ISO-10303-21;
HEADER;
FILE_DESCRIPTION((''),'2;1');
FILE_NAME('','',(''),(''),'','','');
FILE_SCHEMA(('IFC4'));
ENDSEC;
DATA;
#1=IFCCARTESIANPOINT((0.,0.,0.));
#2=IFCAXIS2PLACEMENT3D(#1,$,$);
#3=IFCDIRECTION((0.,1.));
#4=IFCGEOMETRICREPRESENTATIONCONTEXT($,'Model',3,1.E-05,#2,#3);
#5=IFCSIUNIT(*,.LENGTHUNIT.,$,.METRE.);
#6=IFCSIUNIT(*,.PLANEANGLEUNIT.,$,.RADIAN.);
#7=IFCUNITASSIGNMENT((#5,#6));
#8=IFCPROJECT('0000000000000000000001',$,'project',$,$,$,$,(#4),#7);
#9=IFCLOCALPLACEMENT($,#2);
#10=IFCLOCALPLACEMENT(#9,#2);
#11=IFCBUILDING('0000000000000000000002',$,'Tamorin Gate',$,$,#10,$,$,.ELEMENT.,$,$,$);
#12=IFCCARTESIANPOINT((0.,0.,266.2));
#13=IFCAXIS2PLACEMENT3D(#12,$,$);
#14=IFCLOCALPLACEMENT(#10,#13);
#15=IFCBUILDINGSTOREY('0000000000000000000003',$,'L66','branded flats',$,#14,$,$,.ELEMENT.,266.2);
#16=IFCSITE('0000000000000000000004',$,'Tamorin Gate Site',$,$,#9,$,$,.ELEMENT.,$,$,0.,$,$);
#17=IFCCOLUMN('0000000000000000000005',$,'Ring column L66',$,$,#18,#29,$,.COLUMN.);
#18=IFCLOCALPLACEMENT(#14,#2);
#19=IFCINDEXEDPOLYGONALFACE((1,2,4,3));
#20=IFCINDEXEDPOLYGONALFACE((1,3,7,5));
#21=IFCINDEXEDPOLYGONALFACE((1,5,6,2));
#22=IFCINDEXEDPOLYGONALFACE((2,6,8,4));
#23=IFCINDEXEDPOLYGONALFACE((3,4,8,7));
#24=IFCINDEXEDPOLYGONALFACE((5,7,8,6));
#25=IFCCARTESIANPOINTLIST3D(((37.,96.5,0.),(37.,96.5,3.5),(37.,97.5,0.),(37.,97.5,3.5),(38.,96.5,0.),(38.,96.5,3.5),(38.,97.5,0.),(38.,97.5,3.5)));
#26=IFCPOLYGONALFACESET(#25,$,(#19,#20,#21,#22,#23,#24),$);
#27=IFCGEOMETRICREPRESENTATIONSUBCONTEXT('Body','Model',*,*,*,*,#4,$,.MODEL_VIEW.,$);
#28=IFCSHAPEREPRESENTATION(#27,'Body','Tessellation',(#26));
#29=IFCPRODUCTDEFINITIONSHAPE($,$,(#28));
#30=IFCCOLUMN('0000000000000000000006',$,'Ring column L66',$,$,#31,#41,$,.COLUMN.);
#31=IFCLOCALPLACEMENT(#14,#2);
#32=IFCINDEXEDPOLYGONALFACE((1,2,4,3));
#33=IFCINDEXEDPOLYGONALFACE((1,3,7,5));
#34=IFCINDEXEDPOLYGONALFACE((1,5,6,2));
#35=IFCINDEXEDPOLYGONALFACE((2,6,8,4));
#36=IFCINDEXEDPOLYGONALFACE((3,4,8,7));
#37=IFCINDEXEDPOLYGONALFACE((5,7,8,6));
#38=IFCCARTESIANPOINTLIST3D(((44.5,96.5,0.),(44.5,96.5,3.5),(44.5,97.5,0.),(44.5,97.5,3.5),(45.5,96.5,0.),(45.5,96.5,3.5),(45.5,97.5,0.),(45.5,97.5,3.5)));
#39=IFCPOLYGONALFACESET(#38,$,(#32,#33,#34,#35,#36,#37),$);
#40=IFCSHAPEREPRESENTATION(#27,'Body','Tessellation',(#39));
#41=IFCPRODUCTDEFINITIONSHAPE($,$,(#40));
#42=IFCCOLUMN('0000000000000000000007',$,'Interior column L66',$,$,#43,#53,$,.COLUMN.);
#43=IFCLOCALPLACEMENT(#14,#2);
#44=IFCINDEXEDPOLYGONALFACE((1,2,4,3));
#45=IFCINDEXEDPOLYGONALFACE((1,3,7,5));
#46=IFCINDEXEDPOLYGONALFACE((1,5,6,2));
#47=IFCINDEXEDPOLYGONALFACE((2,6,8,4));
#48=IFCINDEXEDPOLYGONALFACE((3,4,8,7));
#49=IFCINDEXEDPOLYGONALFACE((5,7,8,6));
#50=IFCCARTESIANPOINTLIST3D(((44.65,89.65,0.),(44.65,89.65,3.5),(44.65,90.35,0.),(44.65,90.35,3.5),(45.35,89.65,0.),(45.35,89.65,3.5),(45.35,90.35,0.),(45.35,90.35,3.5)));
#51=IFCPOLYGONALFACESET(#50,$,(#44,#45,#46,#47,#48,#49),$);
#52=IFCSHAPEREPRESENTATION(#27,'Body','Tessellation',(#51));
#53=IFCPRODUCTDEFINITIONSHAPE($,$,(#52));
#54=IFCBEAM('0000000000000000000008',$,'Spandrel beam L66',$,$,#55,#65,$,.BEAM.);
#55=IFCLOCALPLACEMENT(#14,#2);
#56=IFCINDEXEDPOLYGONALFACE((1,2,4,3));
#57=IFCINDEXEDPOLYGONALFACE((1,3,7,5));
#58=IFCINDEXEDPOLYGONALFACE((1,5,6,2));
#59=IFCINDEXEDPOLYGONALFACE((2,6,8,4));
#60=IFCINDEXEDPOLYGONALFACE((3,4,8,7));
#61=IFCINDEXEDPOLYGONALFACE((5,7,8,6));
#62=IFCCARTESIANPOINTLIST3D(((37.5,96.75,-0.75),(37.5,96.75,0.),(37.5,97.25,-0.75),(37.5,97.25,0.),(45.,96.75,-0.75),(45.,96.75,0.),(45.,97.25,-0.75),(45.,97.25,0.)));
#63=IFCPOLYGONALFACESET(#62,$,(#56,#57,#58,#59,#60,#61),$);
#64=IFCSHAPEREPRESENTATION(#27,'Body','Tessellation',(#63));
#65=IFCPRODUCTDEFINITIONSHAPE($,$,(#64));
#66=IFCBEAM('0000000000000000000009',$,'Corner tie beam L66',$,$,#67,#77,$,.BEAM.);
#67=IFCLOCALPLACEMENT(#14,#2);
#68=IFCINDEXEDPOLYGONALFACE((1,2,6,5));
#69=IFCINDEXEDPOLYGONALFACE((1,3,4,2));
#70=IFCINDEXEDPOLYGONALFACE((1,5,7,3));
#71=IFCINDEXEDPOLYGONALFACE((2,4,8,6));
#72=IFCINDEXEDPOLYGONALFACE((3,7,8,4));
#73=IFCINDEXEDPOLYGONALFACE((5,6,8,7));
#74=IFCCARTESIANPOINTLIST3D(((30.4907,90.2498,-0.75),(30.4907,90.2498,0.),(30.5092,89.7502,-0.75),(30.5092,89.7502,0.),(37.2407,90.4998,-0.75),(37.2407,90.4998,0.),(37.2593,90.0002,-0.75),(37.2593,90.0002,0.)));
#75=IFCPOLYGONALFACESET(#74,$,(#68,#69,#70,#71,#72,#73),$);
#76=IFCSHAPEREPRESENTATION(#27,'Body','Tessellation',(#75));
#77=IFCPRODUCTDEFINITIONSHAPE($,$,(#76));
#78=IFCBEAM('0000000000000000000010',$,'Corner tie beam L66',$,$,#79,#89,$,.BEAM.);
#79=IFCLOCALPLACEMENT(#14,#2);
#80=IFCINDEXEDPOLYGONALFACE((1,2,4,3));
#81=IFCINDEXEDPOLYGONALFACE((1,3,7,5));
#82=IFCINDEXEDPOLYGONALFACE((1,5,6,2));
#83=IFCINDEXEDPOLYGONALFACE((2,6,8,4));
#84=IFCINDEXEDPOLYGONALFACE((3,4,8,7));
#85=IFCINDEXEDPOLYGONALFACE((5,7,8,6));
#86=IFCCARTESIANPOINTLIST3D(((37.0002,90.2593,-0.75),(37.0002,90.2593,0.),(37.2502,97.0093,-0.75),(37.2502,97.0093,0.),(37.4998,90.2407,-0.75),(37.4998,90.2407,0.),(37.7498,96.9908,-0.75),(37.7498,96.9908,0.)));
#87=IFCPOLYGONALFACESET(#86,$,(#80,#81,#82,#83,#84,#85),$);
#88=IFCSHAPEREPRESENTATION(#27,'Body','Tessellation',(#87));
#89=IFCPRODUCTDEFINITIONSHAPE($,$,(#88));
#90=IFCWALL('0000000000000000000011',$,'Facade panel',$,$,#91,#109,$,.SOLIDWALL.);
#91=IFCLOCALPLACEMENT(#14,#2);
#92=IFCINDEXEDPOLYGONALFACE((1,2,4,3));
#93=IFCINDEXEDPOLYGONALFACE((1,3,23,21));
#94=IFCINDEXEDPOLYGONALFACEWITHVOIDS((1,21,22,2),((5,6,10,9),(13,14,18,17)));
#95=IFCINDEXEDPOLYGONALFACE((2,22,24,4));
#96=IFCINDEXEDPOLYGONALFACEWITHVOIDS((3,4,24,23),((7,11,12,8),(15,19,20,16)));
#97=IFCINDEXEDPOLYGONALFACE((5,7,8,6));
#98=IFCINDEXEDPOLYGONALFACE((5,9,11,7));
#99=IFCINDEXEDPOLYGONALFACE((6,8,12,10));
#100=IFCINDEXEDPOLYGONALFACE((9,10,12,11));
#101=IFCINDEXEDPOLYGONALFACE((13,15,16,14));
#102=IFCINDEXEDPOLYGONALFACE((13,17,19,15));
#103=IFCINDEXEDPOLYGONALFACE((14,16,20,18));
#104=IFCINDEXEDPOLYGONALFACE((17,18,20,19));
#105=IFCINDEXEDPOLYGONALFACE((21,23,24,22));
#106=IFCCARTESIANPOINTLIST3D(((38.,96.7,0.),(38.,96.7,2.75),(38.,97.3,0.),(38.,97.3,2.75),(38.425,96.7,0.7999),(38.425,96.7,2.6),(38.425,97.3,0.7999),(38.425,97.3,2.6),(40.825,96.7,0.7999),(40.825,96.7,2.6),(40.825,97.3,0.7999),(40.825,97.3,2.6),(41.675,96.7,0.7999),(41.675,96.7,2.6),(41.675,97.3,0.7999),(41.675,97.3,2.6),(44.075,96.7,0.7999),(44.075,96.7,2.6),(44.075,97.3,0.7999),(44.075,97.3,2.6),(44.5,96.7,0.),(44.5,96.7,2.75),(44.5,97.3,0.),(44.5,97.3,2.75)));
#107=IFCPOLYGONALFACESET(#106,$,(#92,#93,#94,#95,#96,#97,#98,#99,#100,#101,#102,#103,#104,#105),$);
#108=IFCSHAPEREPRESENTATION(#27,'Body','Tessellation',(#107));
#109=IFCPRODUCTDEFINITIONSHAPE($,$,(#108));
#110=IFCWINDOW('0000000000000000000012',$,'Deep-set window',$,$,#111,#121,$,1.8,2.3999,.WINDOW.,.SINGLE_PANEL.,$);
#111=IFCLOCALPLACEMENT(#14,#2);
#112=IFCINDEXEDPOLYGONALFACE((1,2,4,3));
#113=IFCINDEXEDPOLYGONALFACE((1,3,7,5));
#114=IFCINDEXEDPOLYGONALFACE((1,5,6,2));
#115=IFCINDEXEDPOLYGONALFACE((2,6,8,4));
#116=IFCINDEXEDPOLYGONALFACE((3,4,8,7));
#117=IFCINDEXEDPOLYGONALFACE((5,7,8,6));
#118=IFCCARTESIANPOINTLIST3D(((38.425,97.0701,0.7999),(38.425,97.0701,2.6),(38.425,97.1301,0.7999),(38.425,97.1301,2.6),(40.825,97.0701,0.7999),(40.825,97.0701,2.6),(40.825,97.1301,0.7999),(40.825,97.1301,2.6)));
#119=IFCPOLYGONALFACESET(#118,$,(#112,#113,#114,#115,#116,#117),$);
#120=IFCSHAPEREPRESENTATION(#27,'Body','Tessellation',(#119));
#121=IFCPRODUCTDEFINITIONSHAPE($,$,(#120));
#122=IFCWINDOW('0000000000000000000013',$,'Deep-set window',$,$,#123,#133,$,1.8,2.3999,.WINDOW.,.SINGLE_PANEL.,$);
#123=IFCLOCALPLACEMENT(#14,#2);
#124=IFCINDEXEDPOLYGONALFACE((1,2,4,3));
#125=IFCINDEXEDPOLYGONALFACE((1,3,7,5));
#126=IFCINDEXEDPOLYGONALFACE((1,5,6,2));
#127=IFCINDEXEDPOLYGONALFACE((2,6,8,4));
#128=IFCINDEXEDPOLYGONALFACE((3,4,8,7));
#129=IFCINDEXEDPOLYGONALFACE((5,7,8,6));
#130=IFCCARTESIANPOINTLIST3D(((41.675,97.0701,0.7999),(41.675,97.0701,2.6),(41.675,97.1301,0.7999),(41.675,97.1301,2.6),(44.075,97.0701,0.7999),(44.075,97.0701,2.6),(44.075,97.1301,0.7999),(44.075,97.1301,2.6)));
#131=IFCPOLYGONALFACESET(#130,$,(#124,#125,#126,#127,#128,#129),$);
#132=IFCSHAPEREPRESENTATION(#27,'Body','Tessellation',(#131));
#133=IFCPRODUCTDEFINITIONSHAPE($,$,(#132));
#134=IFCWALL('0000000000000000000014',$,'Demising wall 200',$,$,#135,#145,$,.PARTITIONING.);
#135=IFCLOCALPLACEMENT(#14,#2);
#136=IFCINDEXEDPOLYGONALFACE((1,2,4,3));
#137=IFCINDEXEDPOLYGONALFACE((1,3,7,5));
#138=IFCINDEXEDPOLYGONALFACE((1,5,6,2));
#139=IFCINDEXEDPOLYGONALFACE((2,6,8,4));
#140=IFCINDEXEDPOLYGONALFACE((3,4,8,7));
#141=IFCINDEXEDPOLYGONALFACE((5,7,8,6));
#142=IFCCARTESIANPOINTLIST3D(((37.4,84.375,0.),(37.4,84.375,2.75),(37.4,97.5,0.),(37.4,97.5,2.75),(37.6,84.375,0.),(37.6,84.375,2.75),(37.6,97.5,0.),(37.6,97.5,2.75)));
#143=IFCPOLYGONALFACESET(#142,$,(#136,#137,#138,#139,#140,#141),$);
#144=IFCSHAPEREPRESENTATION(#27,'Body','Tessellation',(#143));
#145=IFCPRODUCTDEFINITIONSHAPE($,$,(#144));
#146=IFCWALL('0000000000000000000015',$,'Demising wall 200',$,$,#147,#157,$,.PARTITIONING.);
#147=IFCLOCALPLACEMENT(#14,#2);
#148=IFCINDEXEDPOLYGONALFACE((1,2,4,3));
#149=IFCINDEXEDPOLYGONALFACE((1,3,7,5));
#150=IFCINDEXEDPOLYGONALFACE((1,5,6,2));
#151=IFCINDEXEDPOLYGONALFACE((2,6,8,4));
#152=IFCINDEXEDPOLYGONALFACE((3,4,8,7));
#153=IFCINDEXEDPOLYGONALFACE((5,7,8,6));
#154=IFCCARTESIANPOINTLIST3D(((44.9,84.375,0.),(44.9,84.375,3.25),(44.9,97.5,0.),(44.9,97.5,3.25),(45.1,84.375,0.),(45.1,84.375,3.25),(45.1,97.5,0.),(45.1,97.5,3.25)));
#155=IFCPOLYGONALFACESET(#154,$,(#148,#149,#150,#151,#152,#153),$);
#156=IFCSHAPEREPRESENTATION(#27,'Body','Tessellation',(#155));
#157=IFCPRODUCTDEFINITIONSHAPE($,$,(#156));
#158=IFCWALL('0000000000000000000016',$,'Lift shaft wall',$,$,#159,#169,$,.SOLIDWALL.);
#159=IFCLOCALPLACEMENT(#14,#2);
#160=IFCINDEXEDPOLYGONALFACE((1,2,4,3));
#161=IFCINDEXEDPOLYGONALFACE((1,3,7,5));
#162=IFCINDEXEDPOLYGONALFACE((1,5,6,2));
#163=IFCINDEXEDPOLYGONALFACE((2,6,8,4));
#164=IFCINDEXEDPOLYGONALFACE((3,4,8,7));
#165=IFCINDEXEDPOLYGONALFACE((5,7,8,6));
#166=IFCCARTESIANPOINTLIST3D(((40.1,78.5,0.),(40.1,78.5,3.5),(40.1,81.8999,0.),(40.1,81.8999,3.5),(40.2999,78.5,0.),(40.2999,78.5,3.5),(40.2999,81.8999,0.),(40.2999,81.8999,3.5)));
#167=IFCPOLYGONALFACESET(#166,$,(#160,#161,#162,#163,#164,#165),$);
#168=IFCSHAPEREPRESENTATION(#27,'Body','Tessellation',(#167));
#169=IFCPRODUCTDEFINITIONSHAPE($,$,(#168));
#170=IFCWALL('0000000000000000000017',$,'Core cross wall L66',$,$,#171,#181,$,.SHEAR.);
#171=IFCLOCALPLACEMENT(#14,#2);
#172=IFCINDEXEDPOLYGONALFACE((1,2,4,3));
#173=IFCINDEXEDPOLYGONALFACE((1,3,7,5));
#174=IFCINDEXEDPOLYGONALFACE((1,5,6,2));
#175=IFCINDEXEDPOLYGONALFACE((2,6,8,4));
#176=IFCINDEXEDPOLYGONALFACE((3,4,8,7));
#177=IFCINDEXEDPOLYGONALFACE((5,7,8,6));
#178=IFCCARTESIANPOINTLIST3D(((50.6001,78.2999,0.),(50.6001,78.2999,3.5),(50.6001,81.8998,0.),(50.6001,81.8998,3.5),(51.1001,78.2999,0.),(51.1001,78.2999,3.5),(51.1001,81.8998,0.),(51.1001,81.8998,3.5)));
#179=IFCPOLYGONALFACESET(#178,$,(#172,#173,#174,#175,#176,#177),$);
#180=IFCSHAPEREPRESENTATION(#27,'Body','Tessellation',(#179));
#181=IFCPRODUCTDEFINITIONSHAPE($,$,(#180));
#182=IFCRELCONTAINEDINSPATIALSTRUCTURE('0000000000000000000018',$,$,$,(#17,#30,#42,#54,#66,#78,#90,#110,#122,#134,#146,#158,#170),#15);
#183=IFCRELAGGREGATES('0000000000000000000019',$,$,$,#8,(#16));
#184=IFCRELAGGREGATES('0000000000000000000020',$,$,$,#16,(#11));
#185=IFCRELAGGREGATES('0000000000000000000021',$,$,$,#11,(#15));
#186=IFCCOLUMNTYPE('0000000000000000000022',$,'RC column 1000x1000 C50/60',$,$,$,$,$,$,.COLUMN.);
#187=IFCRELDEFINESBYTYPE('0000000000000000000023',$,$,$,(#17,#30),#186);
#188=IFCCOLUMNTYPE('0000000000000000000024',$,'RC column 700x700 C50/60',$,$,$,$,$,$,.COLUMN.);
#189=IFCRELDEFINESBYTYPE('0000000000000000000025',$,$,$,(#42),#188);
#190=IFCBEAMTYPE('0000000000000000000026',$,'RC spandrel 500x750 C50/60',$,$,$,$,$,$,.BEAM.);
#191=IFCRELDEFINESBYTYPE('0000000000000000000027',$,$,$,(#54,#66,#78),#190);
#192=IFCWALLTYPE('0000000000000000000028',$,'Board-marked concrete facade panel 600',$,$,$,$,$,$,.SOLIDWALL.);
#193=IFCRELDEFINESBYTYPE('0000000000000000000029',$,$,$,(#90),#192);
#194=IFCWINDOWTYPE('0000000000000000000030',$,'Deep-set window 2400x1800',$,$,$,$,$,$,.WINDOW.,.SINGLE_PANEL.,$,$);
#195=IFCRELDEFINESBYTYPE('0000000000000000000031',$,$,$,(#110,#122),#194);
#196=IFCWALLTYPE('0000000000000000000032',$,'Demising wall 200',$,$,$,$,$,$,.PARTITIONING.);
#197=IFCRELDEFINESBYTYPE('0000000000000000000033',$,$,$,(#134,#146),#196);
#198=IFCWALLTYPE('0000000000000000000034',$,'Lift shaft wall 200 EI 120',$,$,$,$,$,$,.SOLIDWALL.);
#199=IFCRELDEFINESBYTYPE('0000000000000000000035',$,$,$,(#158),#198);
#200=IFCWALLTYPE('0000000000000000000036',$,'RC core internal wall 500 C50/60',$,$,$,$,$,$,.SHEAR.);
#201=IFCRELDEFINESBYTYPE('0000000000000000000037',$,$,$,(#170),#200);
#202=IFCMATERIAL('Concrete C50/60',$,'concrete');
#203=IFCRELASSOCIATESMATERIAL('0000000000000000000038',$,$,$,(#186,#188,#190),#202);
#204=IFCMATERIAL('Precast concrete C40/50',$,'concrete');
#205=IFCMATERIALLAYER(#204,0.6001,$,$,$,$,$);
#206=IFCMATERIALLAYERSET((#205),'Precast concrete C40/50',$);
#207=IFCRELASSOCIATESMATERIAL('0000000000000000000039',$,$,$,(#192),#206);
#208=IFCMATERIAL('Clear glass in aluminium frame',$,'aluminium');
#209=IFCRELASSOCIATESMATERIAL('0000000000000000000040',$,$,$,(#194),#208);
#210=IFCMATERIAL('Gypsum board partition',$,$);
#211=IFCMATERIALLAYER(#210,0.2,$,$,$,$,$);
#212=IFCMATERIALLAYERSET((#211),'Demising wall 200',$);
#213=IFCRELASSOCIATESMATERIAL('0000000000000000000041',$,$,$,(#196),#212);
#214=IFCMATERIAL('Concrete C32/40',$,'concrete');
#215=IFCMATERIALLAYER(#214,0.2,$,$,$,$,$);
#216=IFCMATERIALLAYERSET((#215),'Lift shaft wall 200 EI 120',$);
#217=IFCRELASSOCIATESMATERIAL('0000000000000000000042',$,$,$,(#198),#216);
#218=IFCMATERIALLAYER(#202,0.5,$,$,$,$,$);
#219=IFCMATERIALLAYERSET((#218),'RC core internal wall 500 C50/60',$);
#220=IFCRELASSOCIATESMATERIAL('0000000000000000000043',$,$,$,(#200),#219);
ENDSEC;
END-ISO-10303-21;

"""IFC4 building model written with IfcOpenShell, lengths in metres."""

from ifc_helpers import new_model, si_unit, direction, frame, frame_2d, origin, origin_2d, place, context, subcontext, project, spatial, rectangle, extrude, material, layer, layer_set, material_profile, profile_set, type_object, element, fill, save


model = new_model("IFC4")

# Units and contexts
model_context = context("Model", 3, precision=1e-05, world=origin(), true_north=direction((0.0, 1.0)))
body_context = subcontext(model_context, "Body", "Model", "MODEL_VIEW")
ifc_project = project(units=[si_unit("LENGTHUNIT", "METRE"), si_unit("PLANEANGLEUNIT", "RADIAN")], contexts=[model_context])

# Site, building, storey
site_placement = place(None, origin())
site = spatial("IfcSite", under=ifc_project, at=site_placement, Name="Tamorin Gate Site", CompositionType="ELEMENT", RefElevation=0.0)
building_placement = place(site_placement, origin())
building = spatial("IfcBuilding", under=site, at=building_placement, Name="Tamorin Gate", CompositionType="ELEMENT")
storey_placement = place(building_placement, frame((0.0, 0.0, 266.2)))
storey = spatial("IfcBuildingStorey", under=building, at=storey_placement, Name="L66", Description="branded flats", CompositionType="ELEMENT", Elevation=266.2)

# Columns
ifc_material_1 = material(Name="Concrete C50/60", Category="concrete")
ifc_material_profile_1 = material_profile(ifc_material_1, rectangle(XDim=1.0, YDim=1.0, at=origin_2d()), Name="RC 1000x1000")
ifc_profile_set_1 = profile_set([ifc_material_profile_1], Name="Concrete C50/60")
column_type_1 = type_object("IfcColumnType", Name="RC column 1000x1000 C50/60", PredefinedType="COLUMN", material=ifc_profile_set_1)
for number, where, z_axis, x_axis, name in (
    (1, (37.5, 97.0, 0.0), (0.0, 0.0, 1.0), (1.0, 0.0, 0.0), "Ring column L66"),
    (2, (45.0, 97.0, 0.0), (0.0, 0.0, 1.0), (1.0, 0.0, 0.0), "Ring column L66"),
):
    element("IfcColumn", number, at=place(storey_placement, frame(where, z_axis=z_axis, x_axis=x_axis)), inside=storey, type_object=column_type_1, Name=name, PredefinedType="COLUMN", context=body_context, shape_type="SweptSolid", body=[
        extrude(rectangle(XDim=1.0, YDim=1.0, at=origin_2d()), origin(), (0.0, 0.0, 1.0), 3.5),
    ])
ifc_material_profile_2 = material_profile(ifc_material_1, rectangle(XDim=0.7, YDim=0.7, at=origin_2d()), Name="RC 700x700")
ifc_profile_set_2 = profile_set([ifc_material_profile_2], Name="Concrete C50/60")
column_type_2 = type_object("IfcColumnType", Name="RC column 700x700 C50/60", PredefinedType="COLUMN", material=ifc_profile_set_2)
column_placement = place(storey_placement, frame((45.0, 90.0, 0.0), z_axis=(0.0, 0.0, 1.0), x_axis=(1.0, 0.0, 0.0)))
element("IfcColumn", 3, at=column_placement, inside=storey, type_object=column_type_2, Name="Interior column L66", PredefinedType="COLUMN", context=body_context, shape_type="SweptSolid", body=[
    extrude(rectangle(XDim=0.7, YDim=0.7, at=origin_2d()), origin(), (0.0, 0.0, 1.0), 3.5),
])

# Beams
ifc_material_profile_3 = material_profile(ifc_material_1, rectangle(XDim=0.5, YDim=0.75, at=origin_2d()), Name="RC 500x750")
ifc_profile_set_3 = profile_set([ifc_material_profile_3], Name="Concrete C50/60")
beam_type = type_object("IfcBeamType", Name="RC spandrel 500x750 C50/60", PredefinedType="BEAM", material=ifc_profile_set_3)
beam_placement = place(storey_placement, frame((45.0, 97.0, -0.375), z_axis=(-1.0, 0.0, 0.0), x_axis=(0.0, -1.0, 0.0)))
element("IfcBeam", 4, at=beam_placement, inside=storey, type_object=beam_type, Name="Spandrel beam L66", PredefinedType="BEAM", context=body_context, shape_type="SweptSolid", body=[
    extrude(rectangle(XDim=0.5, YDim=0.75, at=origin_2d()), origin(), (0.0, 0.0, 1.0), 7.5),
])
for number, where, z_axis, x_axis, name in (
    (5, (37.25, 90.25, -0.375), (-0.999315, -0.037012, 0.0), (0.037012, -0.999315, 0.0), "Corner tie beam L66"),
    (6, (37.25, 90.25, -0.375), (0.037012, 0.999315, 0.0), (-0.999315, 0.037012, 0.0), "Corner tie beam L66"),
):
    element("IfcBeam", number, at=place(storey_placement, frame(where, z_axis=z_axis, x_axis=x_axis)), inside=storey, type_object=beam_type, Name=name, PredefinedType="BEAM", context=body_context, shape_type="SweptSolid", body=[
        extrude(rectangle(XDim=0.5, YDim=0.75, at=origin_2d()), origin(), (0.0, 0.0, 1.0), 6.7546),
    ])

# Wall, openings, windows
ifc_material_2 = material(Name="Precast concrete C40/50", Category="concrete")
ifc_layer_1 = layer(ifc_material_2, 0.6001)
ifc_layer_set_1 = layer_set([ifc_layer_1], Name="Precast concrete C40/50")
wall_type_1 = type_object("IfcWallType", Name="Board-marked concrete facade panel 600", PredefinedType="SOLIDWALL", material=ifc_layer_set_1)
wall_1_placement = place(storey_placement, frame((44.5, 97.0, 0.0), z_axis=(0.0, 0.0, 1.0), x_axis=(-1.0, 0.0, 0.0)))
wall_1 = element("IfcWall", 7, at=wall_1_placement, inside=storey, type_object=wall_type_1, Name="Facade panel", PredefinedType="SOLIDWALL", context=body_context, shape_type="SweptSolid", body=[
    extrude(rectangle(XDim=6.5, YDim=0.6001, at=frame_2d((3.25, 0.0))), origin(), (0.0, 0.0, 1.0), 2.75),
])
opening_1_placement = place(wall_1_placement, frame((3.675, 0.0, 0.8)))
opening_1 = element("IfcOpeningElement", 8, at=opening_1_placement, cuts=wall_1, PredefinedType="OPENING", context=body_context, shape_type="SweptSolid", body=[
    extrude(rectangle(XDim=2.3999, YDim=1.8, at=frame_2d((1.2, 0.8999))), frame((0.0, 0.3101, 0.0), z_axis=(0.0, -1.0, 0.0), x_axis=(1.0, 0.0, 0.0)), (0.0, 0.0, 1.0), 0.6201),
])
opening_2_placement = place(wall_1_placement, frame((0.425, 0.0, 0.8)))
opening_2 = element("IfcOpeningElement", 9, at=opening_2_placement, cuts=wall_1, PredefinedType="OPENING", context=body_context, shape_type="SweptSolid", body=[
    extrude(rectangle(XDim=2.3999, YDim=1.8, at=frame_2d((1.2, 0.8999))), frame((0.0, 0.3101, 0.0), z_axis=(0.0, -1.0, 0.0), x_axis=(1.0, 0.0, 0.0)), (0.0, 0.0, 1.0), 0.6201),
])
ifc_material_3 = material(Name="Clear glass in aluminium frame", Category="aluminium")
window_type = type_object("IfcWindowType", Name="Deep-set window 2400x1800", PartitioningType="SINGLE_PANEL", PredefinedType="WINDOW", material=ifc_material_3)
window_1_placement = place(opening_1_placement, origin())
window_1 = element("IfcWindow", 10, at=window_1_placement, inside=storey, type_object=window_type, Name="Deep-set window", OverallHeight=1.8, OverallWidth=2.3999, PartitioningType="SINGLE_PANEL", PredefinedType="WINDOW", context=body_context, shape_type="SweptSolid", body=[
    extrude(rectangle(XDim=2.3999, YDim=1.8, at=frame_2d((1.2, 0.8999))), frame((0.0, -0.0701, 0.0), z_axis=(0.0, -1.0, 0.0), x_axis=(1.0, 0.0, 0.0)), (0.0, 0.0, 1.0), 0.0601),
])
fill(opening_1, window_1)
window_2_placement = place(opening_2_placement, origin())
window_2 = element("IfcWindow", 11, at=window_2_placement, inside=storey, type_object=window_type, Name="Deep-set window", OverallHeight=1.8, OverallWidth=2.3999, PartitioningType="SINGLE_PANEL", PredefinedType="WINDOW", context=body_context, shape_type="SweptSolid", body=[
    extrude(rectangle(XDim=2.3999, YDim=1.8, at=frame_2d((1.2, 0.8999))), frame((0.0, -0.0701, 0.0), z_axis=(0.0, -1.0, 0.0), x_axis=(1.0, 0.0, 0.0)), (0.0, 0.0, 1.0), 0.0601),
])
fill(opening_2, window_2)

# Walls
ifc_material_4 = material(Name="Gypsum board partition")
ifc_layer_2 = layer(ifc_material_4, 0.2)
ifc_layer_set_2 = layer_set([ifc_layer_2], Name="Demising wall 200")
wall_type_2 = type_object("IfcWallType", Name="Demising wall 200", PredefinedType="PARTITIONING", material=ifc_layer_set_2)
wall_2_placement = place(storey_placement, frame((37.5, 84.375, 0.0), z_axis=(0.0, 0.0, 1.0), x_axis=(0.0, 1.0, 0.0)))
element("IfcWall", 12, at=wall_2_placement, inside=storey, type_object=wall_type_2, Name="Demising wall 200", PredefinedType="PARTITIONING", context=body_context, shape_type="SweptSolid", body=[
    extrude(rectangle(XDim=13.125, YDim=0.2, at=frame_2d((6.5625, 0.0))), origin(), (0.0, 0.0, 1.0), 2.75),
])
wall_3_placement = place(storey_placement, frame((45.0, 84.375, 0.0), z_axis=(0.0, 0.0, 1.0), x_axis=(0.0, 1.0, 0.0)))
element("IfcWall", 13, at=wall_3_placement, inside=storey, type_object=wall_type_2, Name="Demising wall 200", PredefinedType="PARTITIONING", context=body_context, shape_type="SweptSolid", body=[
    extrude(rectangle(XDim=13.125, YDim=0.2, at=frame_2d((6.5625, 0.0))), origin(), (0.0, 0.0, 1.0), 3.25),
])
ifc_material_5 = material(Name="Concrete C32/40", Category="concrete")
ifc_layer_3 = layer(ifc_material_5, 0.2)
ifc_layer_set_3 = layer_set([ifc_layer_3], Name="Lift shaft wall 200 EI 120")
wall_type_3 = type_object("IfcWallType", Name="Lift shaft wall 200 EI 120", PredefinedType="SOLIDWALL", material=ifc_layer_set_3)
wall_4_placement = place(storey_placement, frame((40.2, 78.5, 0.0), z_axis=(0.0, 0.0, 1.0), x_axis=(0.0, 1.0, 0.0)))
element("IfcWall", 14, at=wall_4_placement, inside=storey, type_object=wall_type_3, Name="Lift shaft wall", PredefinedType="SOLIDWALL", context=body_context, shape_type="SweptSolid", body=[
    extrude(rectangle(XDim=3.3999, YDim=0.2, at=frame_2d((1.7, 0.0))), origin(), (0.0, 0.0, 1.0), 3.5),
])
ifc_layer_4 = layer(ifc_material_1, 0.5)
ifc_layer_set_4 = layer_set([ifc_layer_4], Name="RC core internal wall 500 C50/60")
wall_type_4 = type_object("IfcWallType", Name="RC core internal wall 500 C50/60", PredefinedType="SHEAR", material=ifc_layer_set_4)
wall_5_placement = place(storey_placement, frame((50.8501, 78.3, 0.0), z_axis=(0.0, 0.0, 1.0), x_axis=(0.0, 1.0, 0.0)))
element("IfcWall", 15, at=wall_5_placement, inside=storey, type_object=wall_type_4, Name="Core cross wall L66", PredefinedType="SHEAR", context=body_context, shape_type="SweptSolid", body=[
    extrude(rectangle(XDim=3.5999, YDim=0.5, at=frame_2d((1.7998, 0.0))), origin(), (0.0, 0.0, 1.0), 3.5),
])

save(model, "model.ifc")
